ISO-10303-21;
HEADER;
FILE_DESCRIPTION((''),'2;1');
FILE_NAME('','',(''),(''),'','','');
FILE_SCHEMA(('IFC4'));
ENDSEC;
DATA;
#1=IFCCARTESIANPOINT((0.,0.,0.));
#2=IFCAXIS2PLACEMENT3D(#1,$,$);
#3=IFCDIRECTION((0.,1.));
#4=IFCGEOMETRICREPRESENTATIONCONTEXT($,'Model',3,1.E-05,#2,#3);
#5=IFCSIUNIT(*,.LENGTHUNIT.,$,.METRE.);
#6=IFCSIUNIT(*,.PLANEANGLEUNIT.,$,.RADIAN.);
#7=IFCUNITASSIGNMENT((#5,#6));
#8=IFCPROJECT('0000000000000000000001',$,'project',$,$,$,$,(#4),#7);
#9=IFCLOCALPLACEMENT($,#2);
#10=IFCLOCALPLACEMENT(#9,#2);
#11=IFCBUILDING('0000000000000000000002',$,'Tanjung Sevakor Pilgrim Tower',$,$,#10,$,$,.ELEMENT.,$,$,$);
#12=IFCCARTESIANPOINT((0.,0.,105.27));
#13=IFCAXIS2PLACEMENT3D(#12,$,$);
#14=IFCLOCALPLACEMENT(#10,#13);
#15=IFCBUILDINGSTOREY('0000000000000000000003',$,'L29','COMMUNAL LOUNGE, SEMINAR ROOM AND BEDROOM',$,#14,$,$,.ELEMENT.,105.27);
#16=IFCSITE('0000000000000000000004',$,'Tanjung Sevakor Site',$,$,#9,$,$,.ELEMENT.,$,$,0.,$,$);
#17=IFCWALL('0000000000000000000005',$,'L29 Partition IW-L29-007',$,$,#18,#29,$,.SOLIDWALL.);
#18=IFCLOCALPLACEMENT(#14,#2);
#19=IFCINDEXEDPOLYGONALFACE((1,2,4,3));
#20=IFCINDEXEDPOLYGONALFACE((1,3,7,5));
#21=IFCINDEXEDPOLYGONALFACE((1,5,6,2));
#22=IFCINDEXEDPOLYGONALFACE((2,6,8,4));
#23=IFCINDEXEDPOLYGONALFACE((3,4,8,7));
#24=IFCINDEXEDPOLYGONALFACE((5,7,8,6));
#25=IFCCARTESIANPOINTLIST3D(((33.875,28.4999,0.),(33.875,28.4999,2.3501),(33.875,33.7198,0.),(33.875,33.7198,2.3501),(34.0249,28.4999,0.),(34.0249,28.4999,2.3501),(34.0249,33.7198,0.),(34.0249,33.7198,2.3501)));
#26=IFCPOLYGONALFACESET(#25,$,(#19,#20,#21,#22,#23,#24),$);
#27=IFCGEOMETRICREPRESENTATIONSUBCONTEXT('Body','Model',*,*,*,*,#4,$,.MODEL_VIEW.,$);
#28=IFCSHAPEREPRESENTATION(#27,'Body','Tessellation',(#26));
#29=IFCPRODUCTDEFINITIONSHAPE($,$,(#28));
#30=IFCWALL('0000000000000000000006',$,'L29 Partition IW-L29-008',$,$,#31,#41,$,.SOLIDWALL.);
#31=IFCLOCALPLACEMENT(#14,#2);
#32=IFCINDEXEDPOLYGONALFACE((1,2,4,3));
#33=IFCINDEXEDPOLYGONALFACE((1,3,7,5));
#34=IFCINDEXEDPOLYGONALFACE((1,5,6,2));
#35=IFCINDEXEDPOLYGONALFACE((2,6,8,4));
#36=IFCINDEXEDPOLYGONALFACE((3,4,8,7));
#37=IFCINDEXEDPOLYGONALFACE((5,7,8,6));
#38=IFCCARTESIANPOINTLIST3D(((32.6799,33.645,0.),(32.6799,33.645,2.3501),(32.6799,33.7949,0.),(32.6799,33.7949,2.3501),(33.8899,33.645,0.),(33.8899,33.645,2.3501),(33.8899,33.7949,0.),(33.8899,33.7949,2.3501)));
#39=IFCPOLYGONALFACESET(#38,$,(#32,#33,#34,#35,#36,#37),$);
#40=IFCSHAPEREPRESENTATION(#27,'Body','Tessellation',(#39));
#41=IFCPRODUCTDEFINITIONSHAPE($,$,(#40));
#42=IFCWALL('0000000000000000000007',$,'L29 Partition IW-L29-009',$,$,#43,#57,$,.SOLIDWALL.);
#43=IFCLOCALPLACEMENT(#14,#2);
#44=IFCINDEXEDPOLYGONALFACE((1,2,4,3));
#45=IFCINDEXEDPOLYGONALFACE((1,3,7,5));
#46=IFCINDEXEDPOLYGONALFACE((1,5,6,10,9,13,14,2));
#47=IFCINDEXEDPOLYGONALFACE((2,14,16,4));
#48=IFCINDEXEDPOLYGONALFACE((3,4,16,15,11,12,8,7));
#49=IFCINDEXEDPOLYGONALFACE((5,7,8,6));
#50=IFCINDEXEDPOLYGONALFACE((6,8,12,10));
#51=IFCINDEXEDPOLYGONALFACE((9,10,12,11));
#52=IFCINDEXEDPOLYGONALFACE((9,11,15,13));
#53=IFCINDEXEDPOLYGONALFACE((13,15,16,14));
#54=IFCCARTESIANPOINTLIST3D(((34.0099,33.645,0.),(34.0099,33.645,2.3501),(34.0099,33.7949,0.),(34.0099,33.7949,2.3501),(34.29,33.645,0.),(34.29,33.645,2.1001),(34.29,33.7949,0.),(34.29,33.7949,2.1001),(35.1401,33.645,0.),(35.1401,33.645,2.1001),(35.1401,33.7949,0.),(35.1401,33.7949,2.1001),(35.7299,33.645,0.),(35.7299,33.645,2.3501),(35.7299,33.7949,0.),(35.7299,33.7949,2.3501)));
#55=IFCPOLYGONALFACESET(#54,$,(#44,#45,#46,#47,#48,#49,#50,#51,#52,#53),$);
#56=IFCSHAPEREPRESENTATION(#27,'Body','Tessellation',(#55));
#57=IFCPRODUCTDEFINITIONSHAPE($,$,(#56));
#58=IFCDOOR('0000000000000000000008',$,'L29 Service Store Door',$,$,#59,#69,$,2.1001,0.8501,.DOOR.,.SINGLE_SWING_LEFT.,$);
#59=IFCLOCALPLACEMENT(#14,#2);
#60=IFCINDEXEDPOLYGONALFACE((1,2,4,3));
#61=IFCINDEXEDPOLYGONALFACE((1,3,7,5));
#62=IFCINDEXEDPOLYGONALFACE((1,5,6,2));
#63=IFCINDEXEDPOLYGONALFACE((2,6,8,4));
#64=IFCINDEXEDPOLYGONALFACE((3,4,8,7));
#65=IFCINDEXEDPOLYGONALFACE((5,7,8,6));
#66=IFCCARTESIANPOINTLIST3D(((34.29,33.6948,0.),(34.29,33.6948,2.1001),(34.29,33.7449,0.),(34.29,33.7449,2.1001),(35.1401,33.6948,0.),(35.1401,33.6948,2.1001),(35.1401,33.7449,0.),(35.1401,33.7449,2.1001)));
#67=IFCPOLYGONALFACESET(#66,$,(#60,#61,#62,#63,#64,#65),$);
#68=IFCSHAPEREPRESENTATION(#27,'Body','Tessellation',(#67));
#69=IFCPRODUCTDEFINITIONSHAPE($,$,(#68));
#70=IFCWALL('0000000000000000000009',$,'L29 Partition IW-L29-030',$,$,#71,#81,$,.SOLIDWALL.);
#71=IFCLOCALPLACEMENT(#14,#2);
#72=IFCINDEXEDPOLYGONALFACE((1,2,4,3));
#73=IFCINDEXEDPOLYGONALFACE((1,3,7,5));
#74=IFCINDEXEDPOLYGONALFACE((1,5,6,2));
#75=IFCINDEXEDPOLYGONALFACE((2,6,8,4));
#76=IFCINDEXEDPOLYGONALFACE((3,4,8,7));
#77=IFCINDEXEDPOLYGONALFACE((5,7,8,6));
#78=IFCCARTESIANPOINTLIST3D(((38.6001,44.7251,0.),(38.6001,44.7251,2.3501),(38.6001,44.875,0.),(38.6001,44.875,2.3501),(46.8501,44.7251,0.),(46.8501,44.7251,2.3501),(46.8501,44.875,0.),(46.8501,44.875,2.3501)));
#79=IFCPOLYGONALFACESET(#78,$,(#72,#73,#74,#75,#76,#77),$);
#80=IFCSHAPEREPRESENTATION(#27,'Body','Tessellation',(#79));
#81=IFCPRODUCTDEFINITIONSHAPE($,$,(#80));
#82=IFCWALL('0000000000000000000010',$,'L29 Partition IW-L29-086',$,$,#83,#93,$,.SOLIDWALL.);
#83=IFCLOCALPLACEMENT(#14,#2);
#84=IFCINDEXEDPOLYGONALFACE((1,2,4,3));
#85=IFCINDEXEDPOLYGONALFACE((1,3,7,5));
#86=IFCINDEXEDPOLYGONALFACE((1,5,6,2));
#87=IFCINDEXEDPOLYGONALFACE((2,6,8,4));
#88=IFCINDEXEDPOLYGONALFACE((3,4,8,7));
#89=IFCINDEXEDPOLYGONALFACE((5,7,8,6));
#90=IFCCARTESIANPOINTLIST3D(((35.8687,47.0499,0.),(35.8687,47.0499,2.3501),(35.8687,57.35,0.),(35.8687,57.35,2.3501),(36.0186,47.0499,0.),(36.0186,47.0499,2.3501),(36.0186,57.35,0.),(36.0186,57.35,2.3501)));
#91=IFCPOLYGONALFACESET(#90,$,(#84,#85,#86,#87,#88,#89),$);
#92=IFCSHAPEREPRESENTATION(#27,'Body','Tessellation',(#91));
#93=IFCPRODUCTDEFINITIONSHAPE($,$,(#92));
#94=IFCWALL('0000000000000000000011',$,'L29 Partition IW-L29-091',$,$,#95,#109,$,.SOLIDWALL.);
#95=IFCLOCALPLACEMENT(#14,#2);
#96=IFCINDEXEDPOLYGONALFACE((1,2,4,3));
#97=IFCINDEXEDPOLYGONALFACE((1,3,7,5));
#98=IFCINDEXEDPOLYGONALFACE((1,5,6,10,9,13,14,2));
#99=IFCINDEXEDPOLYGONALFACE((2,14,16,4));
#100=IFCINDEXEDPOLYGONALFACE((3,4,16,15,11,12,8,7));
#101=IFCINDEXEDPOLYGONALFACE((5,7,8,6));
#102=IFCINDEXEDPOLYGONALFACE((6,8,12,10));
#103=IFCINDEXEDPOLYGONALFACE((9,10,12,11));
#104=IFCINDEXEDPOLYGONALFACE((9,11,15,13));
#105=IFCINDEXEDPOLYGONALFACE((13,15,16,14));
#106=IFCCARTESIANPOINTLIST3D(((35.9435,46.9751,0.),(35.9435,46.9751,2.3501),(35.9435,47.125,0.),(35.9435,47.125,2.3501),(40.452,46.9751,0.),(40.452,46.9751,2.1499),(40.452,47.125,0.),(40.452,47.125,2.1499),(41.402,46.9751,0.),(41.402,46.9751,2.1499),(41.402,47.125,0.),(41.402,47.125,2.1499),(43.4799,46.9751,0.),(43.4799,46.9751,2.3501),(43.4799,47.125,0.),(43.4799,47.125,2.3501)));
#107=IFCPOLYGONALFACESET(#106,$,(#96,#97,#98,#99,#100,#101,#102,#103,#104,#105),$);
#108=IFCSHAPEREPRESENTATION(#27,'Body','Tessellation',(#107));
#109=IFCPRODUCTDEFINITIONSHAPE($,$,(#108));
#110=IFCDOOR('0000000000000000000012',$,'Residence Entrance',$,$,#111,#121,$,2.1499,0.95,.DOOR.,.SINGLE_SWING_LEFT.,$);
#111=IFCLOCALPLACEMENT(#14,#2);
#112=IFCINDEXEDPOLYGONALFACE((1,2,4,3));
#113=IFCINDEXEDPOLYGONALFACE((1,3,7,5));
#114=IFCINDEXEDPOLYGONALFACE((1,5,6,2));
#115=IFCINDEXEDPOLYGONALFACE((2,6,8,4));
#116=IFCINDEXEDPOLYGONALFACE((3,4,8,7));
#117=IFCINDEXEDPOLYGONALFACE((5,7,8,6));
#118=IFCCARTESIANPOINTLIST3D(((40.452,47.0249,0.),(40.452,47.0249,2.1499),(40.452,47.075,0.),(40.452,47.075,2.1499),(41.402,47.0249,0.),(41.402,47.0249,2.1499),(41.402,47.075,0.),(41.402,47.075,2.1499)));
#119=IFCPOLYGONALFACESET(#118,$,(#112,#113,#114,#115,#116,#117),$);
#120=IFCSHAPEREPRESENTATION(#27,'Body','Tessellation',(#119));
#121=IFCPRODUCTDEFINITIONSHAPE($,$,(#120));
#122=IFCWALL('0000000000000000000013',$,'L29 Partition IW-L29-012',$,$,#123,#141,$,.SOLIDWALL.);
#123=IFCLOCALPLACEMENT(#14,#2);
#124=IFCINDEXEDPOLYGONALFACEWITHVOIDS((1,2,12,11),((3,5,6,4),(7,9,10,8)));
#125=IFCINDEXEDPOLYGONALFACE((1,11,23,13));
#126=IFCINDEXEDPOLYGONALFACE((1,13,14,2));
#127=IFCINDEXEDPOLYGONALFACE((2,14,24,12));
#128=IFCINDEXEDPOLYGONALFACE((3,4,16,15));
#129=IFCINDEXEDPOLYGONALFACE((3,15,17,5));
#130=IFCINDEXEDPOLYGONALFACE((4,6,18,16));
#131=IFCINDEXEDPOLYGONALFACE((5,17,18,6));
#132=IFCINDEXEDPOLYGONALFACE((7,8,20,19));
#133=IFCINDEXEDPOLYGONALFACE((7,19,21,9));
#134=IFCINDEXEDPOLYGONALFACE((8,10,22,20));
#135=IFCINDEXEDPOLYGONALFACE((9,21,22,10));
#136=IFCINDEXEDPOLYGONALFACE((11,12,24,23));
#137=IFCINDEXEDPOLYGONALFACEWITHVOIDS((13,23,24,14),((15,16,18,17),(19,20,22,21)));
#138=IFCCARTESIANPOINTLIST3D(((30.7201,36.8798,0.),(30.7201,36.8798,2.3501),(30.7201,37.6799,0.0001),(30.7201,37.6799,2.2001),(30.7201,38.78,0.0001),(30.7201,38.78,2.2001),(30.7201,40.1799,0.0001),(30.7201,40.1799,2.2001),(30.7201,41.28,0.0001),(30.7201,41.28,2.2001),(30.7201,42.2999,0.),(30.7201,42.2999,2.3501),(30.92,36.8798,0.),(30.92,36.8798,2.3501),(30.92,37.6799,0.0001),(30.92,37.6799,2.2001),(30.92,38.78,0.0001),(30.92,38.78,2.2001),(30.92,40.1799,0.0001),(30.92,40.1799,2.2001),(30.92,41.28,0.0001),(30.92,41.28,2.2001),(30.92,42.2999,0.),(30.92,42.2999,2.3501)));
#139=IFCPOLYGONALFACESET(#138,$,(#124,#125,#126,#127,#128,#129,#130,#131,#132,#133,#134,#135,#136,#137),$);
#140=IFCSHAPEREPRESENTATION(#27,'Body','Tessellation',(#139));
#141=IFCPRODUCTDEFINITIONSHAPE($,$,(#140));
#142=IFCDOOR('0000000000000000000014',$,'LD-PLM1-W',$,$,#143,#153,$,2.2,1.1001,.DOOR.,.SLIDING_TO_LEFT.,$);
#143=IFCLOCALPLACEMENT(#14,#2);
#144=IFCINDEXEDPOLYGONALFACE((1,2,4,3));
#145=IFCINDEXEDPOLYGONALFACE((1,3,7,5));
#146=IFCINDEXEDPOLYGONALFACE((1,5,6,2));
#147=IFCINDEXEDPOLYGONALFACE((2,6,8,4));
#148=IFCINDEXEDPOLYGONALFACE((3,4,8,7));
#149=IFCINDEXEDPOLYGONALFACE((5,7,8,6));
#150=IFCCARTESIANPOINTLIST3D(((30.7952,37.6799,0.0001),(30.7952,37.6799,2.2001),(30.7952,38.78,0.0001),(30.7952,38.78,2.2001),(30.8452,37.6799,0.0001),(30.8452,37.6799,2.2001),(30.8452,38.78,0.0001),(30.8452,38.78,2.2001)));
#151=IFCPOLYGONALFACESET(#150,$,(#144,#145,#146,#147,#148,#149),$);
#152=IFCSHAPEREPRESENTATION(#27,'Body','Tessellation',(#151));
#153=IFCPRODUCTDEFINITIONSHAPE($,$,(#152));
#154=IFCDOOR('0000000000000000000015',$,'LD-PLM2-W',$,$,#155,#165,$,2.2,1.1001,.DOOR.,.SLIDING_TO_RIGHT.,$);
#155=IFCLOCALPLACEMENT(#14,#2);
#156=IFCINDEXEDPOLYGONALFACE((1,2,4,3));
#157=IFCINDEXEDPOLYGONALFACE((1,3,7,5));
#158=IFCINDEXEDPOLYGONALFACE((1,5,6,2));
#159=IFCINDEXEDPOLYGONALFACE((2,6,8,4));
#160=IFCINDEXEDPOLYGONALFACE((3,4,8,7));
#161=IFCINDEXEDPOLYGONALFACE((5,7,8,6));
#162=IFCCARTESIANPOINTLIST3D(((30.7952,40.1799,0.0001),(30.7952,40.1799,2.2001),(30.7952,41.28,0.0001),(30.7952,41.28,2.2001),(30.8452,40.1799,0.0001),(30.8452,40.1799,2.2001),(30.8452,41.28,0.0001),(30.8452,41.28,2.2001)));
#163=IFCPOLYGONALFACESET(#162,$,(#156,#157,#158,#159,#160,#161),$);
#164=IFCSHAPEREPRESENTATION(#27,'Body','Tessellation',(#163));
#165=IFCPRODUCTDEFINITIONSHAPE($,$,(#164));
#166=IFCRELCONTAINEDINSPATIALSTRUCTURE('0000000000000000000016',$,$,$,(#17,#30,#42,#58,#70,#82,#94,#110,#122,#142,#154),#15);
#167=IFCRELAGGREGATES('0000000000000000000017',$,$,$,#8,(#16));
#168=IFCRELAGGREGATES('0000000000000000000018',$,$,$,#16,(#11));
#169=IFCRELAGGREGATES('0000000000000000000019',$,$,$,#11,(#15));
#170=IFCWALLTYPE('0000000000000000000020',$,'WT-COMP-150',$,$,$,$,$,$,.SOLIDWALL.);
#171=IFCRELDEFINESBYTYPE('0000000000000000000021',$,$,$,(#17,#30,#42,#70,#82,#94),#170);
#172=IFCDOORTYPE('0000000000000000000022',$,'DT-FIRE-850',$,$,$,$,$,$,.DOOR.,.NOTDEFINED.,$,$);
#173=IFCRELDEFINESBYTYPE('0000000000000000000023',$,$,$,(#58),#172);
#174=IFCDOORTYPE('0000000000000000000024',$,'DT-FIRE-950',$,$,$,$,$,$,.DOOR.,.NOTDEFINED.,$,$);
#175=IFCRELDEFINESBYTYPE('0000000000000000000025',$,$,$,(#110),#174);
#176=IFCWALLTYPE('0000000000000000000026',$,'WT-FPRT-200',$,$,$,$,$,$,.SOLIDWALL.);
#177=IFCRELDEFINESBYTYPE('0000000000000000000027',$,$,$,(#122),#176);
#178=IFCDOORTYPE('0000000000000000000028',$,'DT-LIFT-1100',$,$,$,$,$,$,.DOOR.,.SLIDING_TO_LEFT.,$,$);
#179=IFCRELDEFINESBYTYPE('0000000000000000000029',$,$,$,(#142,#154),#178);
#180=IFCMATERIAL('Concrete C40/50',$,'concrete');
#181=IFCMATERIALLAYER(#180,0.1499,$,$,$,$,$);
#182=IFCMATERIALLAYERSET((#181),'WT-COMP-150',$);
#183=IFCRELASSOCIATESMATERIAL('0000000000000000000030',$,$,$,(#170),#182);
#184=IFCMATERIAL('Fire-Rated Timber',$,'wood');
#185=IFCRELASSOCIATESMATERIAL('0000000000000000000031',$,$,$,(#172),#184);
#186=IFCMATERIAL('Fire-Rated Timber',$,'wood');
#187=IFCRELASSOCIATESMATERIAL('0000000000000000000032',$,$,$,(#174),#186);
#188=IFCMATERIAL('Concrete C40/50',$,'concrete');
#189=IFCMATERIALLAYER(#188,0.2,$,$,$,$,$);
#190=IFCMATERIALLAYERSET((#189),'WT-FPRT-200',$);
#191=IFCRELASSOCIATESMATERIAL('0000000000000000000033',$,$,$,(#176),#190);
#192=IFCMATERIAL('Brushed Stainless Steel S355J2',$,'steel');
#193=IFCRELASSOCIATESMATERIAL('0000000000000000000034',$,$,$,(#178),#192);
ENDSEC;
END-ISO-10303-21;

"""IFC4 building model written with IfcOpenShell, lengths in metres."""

from ifc_helpers import new_model, si_unit, direction, frame, frame_2d, origin, place, context, subcontext, project, spatial, rectangle, extrude, material, layer, layer_set, type_object, element, fill, save


model = new_model("IFC4")

# Units and contexts
model_context = context("Model", 3, precision=1e-05, world=origin(), true_north=direction((0.0, 1.0)))
body_context = subcontext(model_context, "Body", "Model", "MODEL_VIEW")
ifc_project = project(units=[si_unit("LENGTHUNIT", "METRE"), si_unit("PLANEANGLEUNIT", "RADIAN")], contexts=[model_context])

# Site, building, storey
site_placement = place(None, origin())
site = spatial("IfcSite", under=ifc_project, at=site_placement, Name="Tanjung Sevakor Site", CompositionType="ELEMENT", RefElevation=0.0)
building_placement = place(site_placement, origin())
building = spatial("IfcBuilding", under=site, at=building_placement, Name="Tanjung Sevakor Pilgrim Tower", CompositionType="ELEMENT")
storey_placement = place(building_placement, frame((0.0, 0.0, 105.27)))
storey = spatial("IfcBuildingStorey", under=building, at=storey_placement, Name="L29", Description="COMMUNAL LOUNGE, SEMINAR ROOM AND BEDROOM", CompositionType="ELEMENT", Elevation=105.27)

# Walls
ifc_material_1 = material(Name="Concrete C40/50", Category="concrete")
ifc_layer_1 = layer(ifc_material_1, 0.1499)
ifc_layer_set_1 = layer_set([ifc_layer_1], Name="WT-COMP-150")
wall_type_1 = type_object("IfcWallType", Name="WT-COMP-150", PredefinedType="SOLIDWALL", material=ifc_layer_set_1)
wall_1_placement = place(storey_placement, frame((33.95, 28.5, 0.0), z_axis=(0.0, 0.0, 1.0), x_axis=(0.0, 1.0, 0.0)))
element("IfcWall", 1, at=wall_1_placement, inside=storey, type_object=wall_type_1, Name="L29 Partition IW-L29-007", PredefinedType="SOLIDWALL", context=body_context, shape_type="SweptSolid", body=[
    extrude(rectangle(XDim=5.22, YDim=0.1499, at=frame_2d((2.6099, 0.0))), origin(), (0.0, 0.0, 1.0), 2.3501),
])
wall_2_placement = place(storey_placement, frame((32.6799, 33.72, 0.0), z_axis=(0.0, 0.0, 1.0), x_axis=(1.0, 0.0, 0.0)))
element("IfcWall", 2, at=wall_2_placement, inside=storey, type_object=wall_type_1, Name="L29 Partition IW-L29-008", PredefinedType="SOLIDWALL", context=body_context, shape_type="SweptSolid", body=[
    extrude(rectangle(XDim=1.21, YDim=0.1499, at=frame_2d((0.605, 0.0))), origin(), (0.0, 0.0, 1.0), 2.3501),
])

# Wall, opening, door
wall_3_placement = place(storey_placement, frame((34.01, 33.72, 0.0), z_axis=(0.0, 0.0, 1.0), x_axis=(1.0, 0.0, 0.0)))
wall_3 = element("IfcWall", 3, at=wall_3_placement, inside=storey, type_object=wall_type_1, Name="L29 Partition IW-L29-009", PredefinedType="SOLIDWALL", context=body_context, shape_type="SweptSolid", body=[
    extrude(rectangle(XDim=1.72, YDim=0.1499, at=frame_2d((0.8599, 0.0))), origin(), (0.0, 0.0, 1.0), 2.3501),
])
opening_1_placement = place(wall_3_placement, frame((0.28, 0.0, 0.0)))
opening_1 = element("IfcOpeningElement", 4, at=opening_1_placement, cuts=wall_3, PredefinedType="OPENING", context=body_context, shape_type="SweptSolid", body=[
    extrude(rectangle(XDim=0.8501, YDim=2.1001, at=frame_2d((0.425, 1.05))), frame((0.0, 0.085, 0.0), z_axis=(0.0, -1.0, 0.0), x_axis=(1.0, 0.0, 0.0)), (0.0, 0.0, 1.0), 0.1699),
])
ifc_material_2 = material(Name="Fire-Rated Timber", Category="wood")
door_type_1 = type_object("IfcDoorType", Name="DT-FIRE-850", OperationType="NOTDEFINED", PredefinedType="DOOR", material=ifc_material_2)
door_1_placement = place(opening_1_placement, origin())
door_1 = element("IfcDoor", 5, at=door_1_placement, inside=storey, type_object=door_type_1, Name="L29 Service Store Door", OperationType="SINGLE_SWING_LEFT", OverallHeight=2.1001, OverallWidth=0.8501, PredefinedType="DOOR", context=body_context, shape_type="SweptSolid", body=[
    extrude(rectangle(XDim=0.8501, YDim=2.1001, at=frame_2d((0.425, 1.05))), frame((0.0, 0.0249, 0.0), z_axis=(0.0, -1.0, 0.0), x_axis=(1.0, 0.0, 0.0)), (0.0, 0.0, 1.0), 0.05),
])
fill(opening_1, door_1)

# Walls
wall_4_placement = place(storey_placement, frame((38.6001, 44.8, 0.0), z_axis=(0.0, 0.0, 1.0), x_axis=(1.0, 0.0, 0.0)))
element("IfcWall", 6, at=wall_4_placement, inside=storey, type_object=wall_type_1, Name="L29 Partition IW-L29-030", PredefinedType="SOLIDWALL", context=body_context, shape_type="SweptSolid", body=[
    extrude(rectangle(XDim=8.25, YDim=0.1499, at=frame_2d((4.125, 0.0))), origin(), (0.0, 0.0, 1.0), 2.3501),
])
wall_5_placement = place(storey_placement, frame((35.9436, 47.05, 0.0), z_axis=(0.0, 0.0, 1.0), x_axis=(0.0, 1.0, 0.0)))
element("IfcWall", 7, at=wall_5_placement, inside=storey, type_object=wall_type_1, Name="L29 Partition IW-L29-086", PredefinedType="SOLIDWALL", context=body_context, shape_type="SweptSolid", body=[
    extrude(rectangle(XDim=10.3, YDim=0.1499, at=frame_2d((5.1499, 0.0))), origin(), (0.0, 0.0, 1.0), 2.3501),
])

# Wall, opening, door
wall_6_placement = place(storey_placement, frame((35.9436, 47.05, 0.0), z_axis=(0.0, 0.0, 1.0), x_axis=(1.0, 0.0, 0.0)))
wall_6 = element("IfcWall", 8, at=wall_6_placement, inside=storey, type_object=wall_type_1, Name="L29 Partition IW-L29-091", PredefinedType="SOLIDWALL", context=body_context, shape_type="SweptSolid", body=[
    extrude(rectangle(XDim=7.5364, YDim=0.1499, at=frame_2d((3.7681, 0.0))), origin(), (0.0, 0.0, 1.0), 2.3501),
])
opening_2_placement = place(wall_6_placement, frame((4.5083, 0.0, 0.0)))
opening_2 = element("IfcOpeningElement", 9, at=opening_2_placement, cuts=wall_6, PredefinedType="OPENING", context=body_context, shape_type="SweptSolid", body=[
    extrude(rectangle(XDim=0.95, YDim=2.1499, at=frame_2d((0.4751, 1.075))), frame((0.0, 0.085, 0.0), z_axis=(0.0, -1.0, 0.0), x_axis=(1.0, 0.0, 0.0)), (0.0, 0.0, 1.0), 0.1699),
])
ifc_material_3 = material(Name="Fire-Rated Timber", Category="wood")
door_type_2 = type_object("IfcDoorType", Name="DT-FIRE-950", OperationType="NOTDEFINED", PredefinedType="DOOR", material=ifc_material_3)
door_2_placement = place(opening_2_placement, origin())
door_2 = element("IfcDoor", 10, at=door_2_placement, inside=storey, type_object=door_type_2, Name="Residence Entrance", OperationType="SINGLE_SWING_LEFT", OverallHeight=2.1499, OverallWidth=0.95, PredefinedType="DOOR", context=body_context, shape_type="SweptSolid", body=[
    extrude(rectangle(XDim=0.95, YDim=2.1499, at=frame_2d((0.4751, 1.075))), frame((0.0, 0.0249, 0.0), z_axis=(0.0, -1.0, 0.0), x_axis=(1.0, 0.0, 0.0)), (0.0, 0.0, 1.0), 0.05),
])
fill(opening_2, door_2)

# Wall, openings, doors
ifc_material_4 = material(Name="Concrete C40/50", Category="concrete")
ifc_layer_2 = layer(ifc_material_4, 0.2)
ifc_layer_set_2 = layer_set([ifc_layer_2], Name="WT-FPRT-200")
wall_type_2 = type_object("IfcWallType", Name="WT-FPRT-200", PredefinedType="SOLIDWALL", material=ifc_layer_set_2)
wall_7_placement = place(storey_placement, frame((30.8201, 36.8799, 0.0), z_axis=(0.0, 0.0, 1.0), x_axis=(0.0, 1.0, 0.0)))
wall_7 = element("IfcWall", 11, at=wall_7_placement, inside=storey, type_object=wall_type_2, Name="L29 Partition IW-L29-012", PredefinedType="SOLIDWALL", context=body_context, shape_type="SweptSolid", body=[
    extrude(rectangle(XDim=5.4202, YDim=0.2, at=frame_2d((2.71, 0.0))), origin(), (0.0, 0.0, 1.0), 2.3501),
])
opening_3_placement = place(wall_7_placement, frame((0.8, 0.0, 0.0)))
opening_3 = element("IfcOpeningElement", 12, at=opening_3_placement, cuts=wall_7, PredefinedType="OPENING", context=body_context, shape_type="SweptSolid", body=[
    extrude(rectangle(XDim=1.1001, YDim=2.2, at=frame_2d((0.55, 1.1001))), frame((0.0, 0.1099, 0.0), z_axis=(0.0, -1.0, 0.0), x_axis=(1.0, 0.0, 0.0)), (0.0, 0.0, 1.0), 0.22),
])
opening_4_placement = place(wall_7_placement, frame((3.3, 0.0, 0.0)))
opening_4 = element("IfcOpeningElement", 13, at=opening_4_placement, cuts=wall_7, PredefinedType="OPENING", context=body_context, shape_type="SweptSolid", body=[
    extrude(rectangle(XDim=1.1001, YDim=2.2, at=frame_2d((0.55, 1.1001))), frame((0.0, 0.1099, 0.0), z_axis=(0.0, -1.0, 0.0), x_axis=(1.0, 0.0, 0.0)), (0.0, 0.0, 1.0), 0.22),
])
ifc_material_5 = material(Name="Brushed Stainless Steel S355J2", Category="steel")
door_type_3 = type_object("IfcDoorType", Name="DT-LIFT-1100", OperationType="SLIDING_TO_LEFT", PredefinedType="DOOR", material=ifc_material_5)
door_3_placement = place(opening_3_placement, origin())
door_3 = element("IfcDoor", 14, at=door_3_placement, inside=storey, type_object=door_type_3, Name="LD-PLM1-W", OperationType="SLIDING_TO_LEFT", OverallHeight=2.2, OverallWidth=1.1001, PredefinedType="DOOR", context=body_context, shape_type="SweptSolid", body=[
    extrude(rectangle(XDim=1.1001, YDim=2.2, at=frame_2d((0.55, 1.1001))), frame((0.0, 0.0249, 0.0), z_axis=(0.0, -1.0, 0.0), x_axis=(1.0, 0.0, 0.0)), (0.0, 0.0, 1.0), 0.05),
])
fill(opening_3, door_3)
door_4_placement = place(opening_4_placement, origin())
door_4 = element("IfcDoor", 15, at=door_4_placement, inside=storey, type_object=door_type_3, Name="LD-PLM2-W", OperationType="SLIDING_TO_RIGHT", OverallHeight=2.2, OverallWidth=1.1001, PredefinedType="DOOR", context=body_context, shape_type="SweptSolid", body=[
    extrude(rectangle(XDim=1.1001, YDim=2.2, at=frame_2d((0.55, 1.1001))), frame((0.0, 0.0249, 0.0), z_axis=(0.0, -1.0, 0.0), x_axis=(1.0, 0.0, 0.0)), (0.0, 0.0, 1.0), 0.05),
])
fill(opening_4, door_4)

save(model, "model.ifc")
